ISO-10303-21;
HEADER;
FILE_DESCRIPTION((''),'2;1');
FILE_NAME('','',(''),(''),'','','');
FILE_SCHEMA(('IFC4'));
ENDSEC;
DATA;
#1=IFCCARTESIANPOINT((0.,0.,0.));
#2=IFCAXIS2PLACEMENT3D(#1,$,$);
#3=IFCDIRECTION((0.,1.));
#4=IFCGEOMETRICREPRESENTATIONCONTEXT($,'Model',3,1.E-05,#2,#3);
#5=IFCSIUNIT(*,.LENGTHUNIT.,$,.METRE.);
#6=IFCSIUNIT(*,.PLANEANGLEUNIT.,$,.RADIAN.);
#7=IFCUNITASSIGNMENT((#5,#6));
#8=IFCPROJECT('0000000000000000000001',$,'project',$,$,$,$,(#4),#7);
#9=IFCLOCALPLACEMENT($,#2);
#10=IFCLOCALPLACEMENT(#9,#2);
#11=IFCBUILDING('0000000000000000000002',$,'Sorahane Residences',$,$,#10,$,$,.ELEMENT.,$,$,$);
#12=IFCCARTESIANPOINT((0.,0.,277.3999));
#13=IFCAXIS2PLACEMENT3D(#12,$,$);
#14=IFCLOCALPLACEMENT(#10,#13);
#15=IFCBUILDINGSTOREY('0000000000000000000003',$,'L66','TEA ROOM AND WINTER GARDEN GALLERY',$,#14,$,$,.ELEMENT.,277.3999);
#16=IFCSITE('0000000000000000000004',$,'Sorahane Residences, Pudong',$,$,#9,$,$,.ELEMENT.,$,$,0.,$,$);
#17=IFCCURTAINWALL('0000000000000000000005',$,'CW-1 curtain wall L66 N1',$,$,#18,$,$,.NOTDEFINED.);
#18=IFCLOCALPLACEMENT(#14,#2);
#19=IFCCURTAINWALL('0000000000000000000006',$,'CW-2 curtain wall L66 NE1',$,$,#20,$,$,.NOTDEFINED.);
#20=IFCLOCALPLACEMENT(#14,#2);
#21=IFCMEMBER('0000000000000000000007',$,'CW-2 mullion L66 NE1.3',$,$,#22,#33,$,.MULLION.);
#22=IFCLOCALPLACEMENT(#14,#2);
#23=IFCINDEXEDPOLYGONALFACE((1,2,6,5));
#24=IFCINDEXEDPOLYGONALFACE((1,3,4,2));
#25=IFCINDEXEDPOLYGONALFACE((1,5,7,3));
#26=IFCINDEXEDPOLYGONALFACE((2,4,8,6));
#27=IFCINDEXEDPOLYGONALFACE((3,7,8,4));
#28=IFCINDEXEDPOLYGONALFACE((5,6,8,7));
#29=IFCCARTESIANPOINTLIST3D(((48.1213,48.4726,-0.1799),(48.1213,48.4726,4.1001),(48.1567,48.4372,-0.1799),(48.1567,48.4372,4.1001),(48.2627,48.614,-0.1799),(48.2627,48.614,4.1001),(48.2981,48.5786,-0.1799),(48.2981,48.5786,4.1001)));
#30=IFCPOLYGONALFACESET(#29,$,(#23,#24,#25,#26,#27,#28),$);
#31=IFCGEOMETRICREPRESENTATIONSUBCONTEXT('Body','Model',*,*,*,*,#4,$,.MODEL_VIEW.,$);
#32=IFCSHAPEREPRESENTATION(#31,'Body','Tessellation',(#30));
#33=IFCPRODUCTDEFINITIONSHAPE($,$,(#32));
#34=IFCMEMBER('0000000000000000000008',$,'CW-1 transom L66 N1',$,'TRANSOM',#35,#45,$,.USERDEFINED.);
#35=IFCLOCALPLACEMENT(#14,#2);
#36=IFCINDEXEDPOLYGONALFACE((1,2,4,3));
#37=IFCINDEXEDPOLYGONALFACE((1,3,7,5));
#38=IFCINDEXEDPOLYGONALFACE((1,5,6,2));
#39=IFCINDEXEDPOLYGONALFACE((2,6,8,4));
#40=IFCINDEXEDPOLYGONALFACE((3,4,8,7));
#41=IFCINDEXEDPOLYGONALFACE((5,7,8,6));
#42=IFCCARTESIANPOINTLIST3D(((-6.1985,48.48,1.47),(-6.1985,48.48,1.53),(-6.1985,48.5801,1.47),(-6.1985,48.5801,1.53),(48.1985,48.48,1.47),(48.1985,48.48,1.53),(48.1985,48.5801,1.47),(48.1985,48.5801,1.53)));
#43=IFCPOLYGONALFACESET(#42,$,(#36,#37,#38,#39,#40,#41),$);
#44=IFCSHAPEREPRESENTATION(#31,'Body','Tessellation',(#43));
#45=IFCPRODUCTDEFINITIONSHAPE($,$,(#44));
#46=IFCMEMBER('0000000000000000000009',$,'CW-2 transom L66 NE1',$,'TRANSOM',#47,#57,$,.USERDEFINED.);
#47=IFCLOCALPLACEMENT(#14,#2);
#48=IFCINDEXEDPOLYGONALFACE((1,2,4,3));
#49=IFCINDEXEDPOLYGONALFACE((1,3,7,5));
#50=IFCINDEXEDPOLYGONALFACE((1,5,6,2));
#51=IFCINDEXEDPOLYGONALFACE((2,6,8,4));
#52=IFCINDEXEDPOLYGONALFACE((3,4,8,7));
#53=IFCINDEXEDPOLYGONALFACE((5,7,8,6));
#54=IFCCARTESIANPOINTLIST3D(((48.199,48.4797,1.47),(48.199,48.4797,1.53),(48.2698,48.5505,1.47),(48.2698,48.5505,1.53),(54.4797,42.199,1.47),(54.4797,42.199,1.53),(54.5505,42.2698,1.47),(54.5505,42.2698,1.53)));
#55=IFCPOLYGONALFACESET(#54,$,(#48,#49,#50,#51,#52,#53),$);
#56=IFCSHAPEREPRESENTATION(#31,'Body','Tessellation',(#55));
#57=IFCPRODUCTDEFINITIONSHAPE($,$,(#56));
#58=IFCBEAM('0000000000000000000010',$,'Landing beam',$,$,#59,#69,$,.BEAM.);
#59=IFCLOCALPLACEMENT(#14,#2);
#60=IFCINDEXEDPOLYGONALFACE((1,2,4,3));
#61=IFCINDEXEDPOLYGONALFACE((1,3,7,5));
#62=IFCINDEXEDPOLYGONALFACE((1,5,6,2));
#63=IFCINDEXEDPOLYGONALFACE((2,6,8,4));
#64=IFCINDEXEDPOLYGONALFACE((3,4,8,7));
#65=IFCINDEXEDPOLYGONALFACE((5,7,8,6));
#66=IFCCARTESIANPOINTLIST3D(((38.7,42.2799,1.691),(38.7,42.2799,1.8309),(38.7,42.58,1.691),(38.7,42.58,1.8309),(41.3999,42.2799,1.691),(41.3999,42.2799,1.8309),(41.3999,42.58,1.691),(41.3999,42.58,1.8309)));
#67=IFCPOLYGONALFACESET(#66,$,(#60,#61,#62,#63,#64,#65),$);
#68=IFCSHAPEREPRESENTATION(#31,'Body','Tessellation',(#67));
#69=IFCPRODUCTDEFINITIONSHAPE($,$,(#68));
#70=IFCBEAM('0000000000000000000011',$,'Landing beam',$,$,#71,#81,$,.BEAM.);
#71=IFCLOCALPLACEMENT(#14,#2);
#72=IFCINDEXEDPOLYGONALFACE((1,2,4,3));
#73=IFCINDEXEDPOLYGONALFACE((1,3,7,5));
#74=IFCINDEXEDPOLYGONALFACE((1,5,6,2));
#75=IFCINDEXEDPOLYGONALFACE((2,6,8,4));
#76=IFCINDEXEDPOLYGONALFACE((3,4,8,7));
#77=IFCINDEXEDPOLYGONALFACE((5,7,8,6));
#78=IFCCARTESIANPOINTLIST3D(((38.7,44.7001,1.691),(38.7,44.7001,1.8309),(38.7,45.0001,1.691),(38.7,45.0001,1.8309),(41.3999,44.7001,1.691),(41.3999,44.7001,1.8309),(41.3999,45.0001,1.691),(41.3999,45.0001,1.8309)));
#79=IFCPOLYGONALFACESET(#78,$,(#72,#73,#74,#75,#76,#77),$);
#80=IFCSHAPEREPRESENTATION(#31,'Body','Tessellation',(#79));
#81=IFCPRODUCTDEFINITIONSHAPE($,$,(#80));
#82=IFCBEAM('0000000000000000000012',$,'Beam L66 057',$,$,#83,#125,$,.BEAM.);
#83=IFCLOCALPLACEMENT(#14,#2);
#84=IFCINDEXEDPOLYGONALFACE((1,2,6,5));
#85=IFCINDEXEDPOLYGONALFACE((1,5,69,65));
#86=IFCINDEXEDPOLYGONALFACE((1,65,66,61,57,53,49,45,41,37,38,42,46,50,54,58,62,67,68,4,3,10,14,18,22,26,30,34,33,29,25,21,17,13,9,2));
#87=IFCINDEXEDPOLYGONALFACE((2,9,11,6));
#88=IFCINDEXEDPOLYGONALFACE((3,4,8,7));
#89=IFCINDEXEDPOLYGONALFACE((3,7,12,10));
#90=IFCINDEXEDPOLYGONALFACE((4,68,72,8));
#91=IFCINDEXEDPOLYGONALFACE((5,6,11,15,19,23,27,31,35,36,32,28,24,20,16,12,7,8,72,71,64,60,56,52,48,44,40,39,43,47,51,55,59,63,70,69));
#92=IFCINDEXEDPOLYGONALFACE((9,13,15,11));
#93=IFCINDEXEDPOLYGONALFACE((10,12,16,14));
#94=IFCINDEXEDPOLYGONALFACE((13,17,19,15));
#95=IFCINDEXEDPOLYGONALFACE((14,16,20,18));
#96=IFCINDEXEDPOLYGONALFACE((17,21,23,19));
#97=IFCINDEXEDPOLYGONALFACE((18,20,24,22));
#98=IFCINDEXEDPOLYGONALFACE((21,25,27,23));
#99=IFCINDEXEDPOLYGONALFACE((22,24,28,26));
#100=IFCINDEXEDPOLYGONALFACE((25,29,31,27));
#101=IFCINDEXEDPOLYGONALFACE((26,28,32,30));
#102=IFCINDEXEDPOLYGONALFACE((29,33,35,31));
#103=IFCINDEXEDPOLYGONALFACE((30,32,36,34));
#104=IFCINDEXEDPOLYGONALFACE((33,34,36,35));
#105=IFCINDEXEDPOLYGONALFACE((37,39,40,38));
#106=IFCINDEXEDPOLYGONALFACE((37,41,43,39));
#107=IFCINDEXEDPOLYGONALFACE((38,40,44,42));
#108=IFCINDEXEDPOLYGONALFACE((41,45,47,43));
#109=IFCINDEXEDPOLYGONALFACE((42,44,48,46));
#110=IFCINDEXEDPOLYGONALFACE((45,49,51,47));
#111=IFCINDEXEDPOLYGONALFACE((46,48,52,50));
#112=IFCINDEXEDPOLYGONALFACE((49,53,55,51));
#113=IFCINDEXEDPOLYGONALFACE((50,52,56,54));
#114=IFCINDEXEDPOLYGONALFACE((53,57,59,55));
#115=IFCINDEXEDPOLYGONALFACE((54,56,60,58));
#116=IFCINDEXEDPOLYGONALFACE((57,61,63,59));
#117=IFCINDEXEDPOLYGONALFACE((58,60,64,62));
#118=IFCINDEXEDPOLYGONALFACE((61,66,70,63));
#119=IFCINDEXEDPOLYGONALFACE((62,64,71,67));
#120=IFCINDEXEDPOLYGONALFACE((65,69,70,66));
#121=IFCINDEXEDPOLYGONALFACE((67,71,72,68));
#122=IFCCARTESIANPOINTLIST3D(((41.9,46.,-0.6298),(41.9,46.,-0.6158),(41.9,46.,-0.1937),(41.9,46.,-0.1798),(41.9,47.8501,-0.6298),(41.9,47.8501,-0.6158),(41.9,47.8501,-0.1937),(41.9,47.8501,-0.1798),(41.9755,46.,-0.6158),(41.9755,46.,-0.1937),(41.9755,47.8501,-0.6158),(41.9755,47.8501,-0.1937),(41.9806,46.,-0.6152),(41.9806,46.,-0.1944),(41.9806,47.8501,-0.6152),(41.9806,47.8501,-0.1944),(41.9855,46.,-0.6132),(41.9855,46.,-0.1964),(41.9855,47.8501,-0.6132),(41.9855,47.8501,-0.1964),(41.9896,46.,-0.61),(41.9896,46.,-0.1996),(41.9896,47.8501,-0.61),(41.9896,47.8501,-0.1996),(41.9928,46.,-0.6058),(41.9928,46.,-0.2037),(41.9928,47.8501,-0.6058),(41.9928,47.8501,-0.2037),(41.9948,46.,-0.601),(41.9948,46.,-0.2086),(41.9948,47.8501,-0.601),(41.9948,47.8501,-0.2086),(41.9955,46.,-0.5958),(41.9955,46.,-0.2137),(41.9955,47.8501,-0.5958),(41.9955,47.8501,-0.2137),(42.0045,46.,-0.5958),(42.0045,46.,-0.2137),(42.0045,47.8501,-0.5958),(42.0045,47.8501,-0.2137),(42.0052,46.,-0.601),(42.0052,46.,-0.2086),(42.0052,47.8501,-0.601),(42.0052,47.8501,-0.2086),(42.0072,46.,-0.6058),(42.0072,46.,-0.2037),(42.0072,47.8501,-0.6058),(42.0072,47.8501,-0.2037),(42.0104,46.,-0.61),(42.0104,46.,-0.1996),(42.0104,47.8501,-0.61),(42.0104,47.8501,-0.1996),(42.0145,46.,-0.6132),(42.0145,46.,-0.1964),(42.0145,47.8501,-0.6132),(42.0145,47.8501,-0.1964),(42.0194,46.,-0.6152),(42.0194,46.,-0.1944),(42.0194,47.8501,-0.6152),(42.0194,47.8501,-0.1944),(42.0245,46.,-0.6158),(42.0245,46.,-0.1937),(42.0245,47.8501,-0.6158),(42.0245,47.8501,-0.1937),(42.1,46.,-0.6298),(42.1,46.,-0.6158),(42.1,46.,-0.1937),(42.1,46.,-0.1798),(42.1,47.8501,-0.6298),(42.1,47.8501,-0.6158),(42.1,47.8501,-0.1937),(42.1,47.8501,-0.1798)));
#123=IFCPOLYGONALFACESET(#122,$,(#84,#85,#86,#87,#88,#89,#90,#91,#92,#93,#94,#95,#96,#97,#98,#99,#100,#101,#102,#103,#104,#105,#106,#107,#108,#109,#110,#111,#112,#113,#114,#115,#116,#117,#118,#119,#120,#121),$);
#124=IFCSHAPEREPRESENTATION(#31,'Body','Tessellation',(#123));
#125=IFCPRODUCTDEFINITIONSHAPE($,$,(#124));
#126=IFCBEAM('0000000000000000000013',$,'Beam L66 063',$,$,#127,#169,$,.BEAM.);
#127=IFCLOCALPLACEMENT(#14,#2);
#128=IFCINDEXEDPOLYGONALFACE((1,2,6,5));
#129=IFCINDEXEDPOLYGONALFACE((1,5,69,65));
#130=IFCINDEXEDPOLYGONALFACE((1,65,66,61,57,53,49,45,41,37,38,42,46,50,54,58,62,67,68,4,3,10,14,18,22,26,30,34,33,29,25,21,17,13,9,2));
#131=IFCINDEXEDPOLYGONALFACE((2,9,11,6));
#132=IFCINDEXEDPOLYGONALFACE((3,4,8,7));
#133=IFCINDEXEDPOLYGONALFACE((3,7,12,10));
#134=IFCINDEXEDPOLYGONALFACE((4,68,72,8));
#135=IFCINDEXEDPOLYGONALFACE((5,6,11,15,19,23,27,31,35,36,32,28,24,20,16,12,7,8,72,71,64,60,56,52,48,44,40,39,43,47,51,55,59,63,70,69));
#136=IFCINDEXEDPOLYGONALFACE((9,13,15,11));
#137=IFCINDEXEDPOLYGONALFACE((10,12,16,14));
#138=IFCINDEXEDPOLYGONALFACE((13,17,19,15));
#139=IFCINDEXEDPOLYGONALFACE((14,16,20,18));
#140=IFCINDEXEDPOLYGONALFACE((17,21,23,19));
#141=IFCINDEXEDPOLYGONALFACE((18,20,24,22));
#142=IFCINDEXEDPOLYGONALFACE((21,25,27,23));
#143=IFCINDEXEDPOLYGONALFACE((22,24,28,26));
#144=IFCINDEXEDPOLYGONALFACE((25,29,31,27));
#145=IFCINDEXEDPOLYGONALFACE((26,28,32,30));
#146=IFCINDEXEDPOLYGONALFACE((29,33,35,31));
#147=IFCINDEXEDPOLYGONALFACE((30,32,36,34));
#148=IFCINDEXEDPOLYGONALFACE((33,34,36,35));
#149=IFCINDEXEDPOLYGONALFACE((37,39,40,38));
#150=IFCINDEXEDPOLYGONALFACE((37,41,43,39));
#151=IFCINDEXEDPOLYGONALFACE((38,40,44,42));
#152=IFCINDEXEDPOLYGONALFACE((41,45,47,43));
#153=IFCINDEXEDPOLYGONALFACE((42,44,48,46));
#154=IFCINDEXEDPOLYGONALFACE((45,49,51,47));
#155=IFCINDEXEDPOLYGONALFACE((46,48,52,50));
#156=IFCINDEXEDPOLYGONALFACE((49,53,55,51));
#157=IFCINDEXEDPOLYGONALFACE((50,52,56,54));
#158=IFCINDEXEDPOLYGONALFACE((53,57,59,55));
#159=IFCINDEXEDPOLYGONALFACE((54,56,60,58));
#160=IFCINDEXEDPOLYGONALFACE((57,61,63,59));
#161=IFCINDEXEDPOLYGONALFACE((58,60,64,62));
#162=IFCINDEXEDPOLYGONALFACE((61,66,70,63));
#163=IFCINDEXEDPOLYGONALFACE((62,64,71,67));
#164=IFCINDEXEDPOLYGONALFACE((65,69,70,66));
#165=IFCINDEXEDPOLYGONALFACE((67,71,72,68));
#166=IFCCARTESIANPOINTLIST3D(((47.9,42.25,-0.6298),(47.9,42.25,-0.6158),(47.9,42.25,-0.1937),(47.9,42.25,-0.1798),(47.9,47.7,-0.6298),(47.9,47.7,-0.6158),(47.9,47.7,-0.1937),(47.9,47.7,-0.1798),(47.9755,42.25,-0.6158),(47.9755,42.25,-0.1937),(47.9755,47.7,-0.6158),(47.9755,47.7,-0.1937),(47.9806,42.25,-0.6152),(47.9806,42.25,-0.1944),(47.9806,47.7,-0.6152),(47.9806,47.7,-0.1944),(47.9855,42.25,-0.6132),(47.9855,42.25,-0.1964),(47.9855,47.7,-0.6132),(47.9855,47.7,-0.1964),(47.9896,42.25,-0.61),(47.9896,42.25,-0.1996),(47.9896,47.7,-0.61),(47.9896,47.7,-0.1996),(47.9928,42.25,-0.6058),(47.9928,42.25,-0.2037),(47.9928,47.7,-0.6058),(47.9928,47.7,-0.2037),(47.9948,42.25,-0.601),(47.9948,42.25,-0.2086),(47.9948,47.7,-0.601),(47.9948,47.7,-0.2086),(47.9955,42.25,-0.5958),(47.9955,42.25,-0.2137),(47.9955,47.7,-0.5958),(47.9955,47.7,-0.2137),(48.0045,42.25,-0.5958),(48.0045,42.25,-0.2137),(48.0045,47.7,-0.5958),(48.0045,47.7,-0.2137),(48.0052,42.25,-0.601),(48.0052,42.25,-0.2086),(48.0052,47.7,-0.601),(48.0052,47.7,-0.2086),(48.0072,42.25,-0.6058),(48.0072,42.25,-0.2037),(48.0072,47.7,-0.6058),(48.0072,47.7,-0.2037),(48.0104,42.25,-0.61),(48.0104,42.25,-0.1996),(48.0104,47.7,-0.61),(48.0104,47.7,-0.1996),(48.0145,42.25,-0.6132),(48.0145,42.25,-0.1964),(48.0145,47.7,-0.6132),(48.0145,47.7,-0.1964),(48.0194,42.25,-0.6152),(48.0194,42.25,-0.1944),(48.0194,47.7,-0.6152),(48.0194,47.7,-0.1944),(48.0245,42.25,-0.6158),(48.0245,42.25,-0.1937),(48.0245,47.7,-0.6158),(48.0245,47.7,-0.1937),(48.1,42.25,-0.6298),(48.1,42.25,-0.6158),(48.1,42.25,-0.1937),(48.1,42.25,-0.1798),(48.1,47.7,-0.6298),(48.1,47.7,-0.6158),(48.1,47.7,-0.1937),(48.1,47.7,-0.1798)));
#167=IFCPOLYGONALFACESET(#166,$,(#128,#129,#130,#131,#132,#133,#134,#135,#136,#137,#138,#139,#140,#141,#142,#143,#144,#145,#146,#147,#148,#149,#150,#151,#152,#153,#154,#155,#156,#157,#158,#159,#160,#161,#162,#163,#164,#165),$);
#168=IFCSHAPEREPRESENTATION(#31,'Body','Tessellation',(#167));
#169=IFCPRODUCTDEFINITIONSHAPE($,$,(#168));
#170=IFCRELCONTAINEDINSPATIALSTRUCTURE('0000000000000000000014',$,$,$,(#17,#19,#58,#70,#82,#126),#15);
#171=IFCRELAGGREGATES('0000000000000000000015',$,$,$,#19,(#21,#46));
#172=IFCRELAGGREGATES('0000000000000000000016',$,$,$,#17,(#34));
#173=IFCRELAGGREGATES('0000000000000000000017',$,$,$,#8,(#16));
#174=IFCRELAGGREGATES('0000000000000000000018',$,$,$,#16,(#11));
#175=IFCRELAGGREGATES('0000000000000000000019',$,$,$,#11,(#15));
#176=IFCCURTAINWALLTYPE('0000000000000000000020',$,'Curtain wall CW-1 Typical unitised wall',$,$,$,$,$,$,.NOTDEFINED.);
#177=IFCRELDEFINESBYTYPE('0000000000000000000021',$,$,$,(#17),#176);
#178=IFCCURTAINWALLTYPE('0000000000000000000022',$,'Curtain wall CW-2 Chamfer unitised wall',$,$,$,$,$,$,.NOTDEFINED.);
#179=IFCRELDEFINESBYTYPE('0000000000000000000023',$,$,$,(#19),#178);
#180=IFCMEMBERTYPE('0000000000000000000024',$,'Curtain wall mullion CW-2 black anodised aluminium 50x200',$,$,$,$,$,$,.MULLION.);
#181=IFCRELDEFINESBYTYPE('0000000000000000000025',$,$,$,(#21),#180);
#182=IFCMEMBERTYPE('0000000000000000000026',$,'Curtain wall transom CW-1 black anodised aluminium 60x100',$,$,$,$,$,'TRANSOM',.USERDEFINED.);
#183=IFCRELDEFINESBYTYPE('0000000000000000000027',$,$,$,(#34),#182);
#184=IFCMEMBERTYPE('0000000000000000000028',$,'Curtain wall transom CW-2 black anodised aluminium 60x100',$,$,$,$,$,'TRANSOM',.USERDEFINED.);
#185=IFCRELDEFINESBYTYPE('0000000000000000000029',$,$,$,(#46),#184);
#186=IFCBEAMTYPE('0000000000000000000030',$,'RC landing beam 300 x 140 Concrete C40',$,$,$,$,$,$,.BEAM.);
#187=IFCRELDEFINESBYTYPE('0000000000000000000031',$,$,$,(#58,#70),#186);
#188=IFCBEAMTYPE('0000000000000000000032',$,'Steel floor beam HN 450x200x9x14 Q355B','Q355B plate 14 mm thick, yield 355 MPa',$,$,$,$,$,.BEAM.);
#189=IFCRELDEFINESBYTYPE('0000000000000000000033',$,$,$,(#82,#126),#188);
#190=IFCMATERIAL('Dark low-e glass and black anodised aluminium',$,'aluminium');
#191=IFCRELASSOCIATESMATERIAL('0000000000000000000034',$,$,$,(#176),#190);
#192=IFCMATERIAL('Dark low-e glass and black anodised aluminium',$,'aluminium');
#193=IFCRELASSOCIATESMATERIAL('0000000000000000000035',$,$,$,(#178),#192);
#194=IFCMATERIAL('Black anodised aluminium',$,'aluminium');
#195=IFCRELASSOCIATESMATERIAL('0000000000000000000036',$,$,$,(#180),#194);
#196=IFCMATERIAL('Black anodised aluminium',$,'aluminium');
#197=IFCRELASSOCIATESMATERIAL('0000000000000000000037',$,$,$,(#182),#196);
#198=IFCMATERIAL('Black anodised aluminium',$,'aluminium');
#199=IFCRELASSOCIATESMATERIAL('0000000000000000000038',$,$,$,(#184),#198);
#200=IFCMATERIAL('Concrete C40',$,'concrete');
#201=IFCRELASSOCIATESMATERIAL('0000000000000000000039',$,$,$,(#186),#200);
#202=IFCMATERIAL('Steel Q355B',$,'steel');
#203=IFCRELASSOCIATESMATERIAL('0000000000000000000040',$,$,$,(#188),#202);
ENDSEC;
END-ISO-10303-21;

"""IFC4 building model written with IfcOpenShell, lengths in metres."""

from ifc_helpers import new_model, si_unit, direction, frame, origin, origin_2d, place, context, subcontext, project, spatial, rectangle, i_section, extrude, material, material_profile, profile_set, type_object, element, aggregate, save


model = new_model("IFC4")

# Units and contexts
model_context = context("Model", 3, precision=1e-05, world=origin(), true_north=direction((0.0, 1.0)))
body_context = subcontext(model_context, "Body", "Model", "MODEL_VIEW")
ifc_project = project(units=[si_unit("LENGTHUNIT", "METRE"), si_unit("PLANEANGLEUNIT", "RADIAN")], contexts=[model_context])

# Site, building, storey
site_placement = place(None, origin())
site = spatial("IfcSite", under=ifc_project, at=site_placement, Name="Sorahane Residences, Pudong", CompositionType="ELEMENT", RefElevation=0.0)
building_placement = place(site_placement, origin())
building = spatial("IfcBuilding", under=site, at=building_placement, Name="Sorahane Residences", CompositionType="ELEMENT")
storey_placement = place(building_placement, frame((0.0, 0.0, 277.3999)))
storey = spatial("IfcBuildingStorey", under=building, at=storey_placement, Name="L66", Description="TEA ROOM AND WINTER GARDEN GALLERY", CompositionType="ELEMENT", Elevation=277.3999)

# Curtain wall
ifc_material_1 = material(Name="Dark low-e glass and black anodised aluminium", Category="aluminium")
curtain_wall_type_1 = type_object("IfcCurtainWallType", Name="Curtain wall CW-1 Typical unitised wall", PredefinedType="NOTDEFINED", material=ifc_material_1)
curtain_wall_1_placement = place(storey_placement, origin())
curtain_wall_1 = element("IfcCurtainWall", 1, at=curtain_wall_1_placement, inside=storey, type_object=curtain_wall_type_1, Name="CW-1 curtain wall L66 N1", PredefinedType="NOTDEFINED")

# Curtain wall, member
ifc_material_2 = material(Name="Dark low-e glass and black anodised aluminium", Category="aluminium")
curtain_wall_type_2 = type_object("IfcCurtainWallType", Name="Curtain wall CW-2 Chamfer unitised wall", PredefinedType="NOTDEFINED", material=ifc_material_2)
curtain_wall_2_placement = place(storey_placement, origin())
curtain_wall_2 = element("IfcCurtainWall", 2, at=curtain_wall_2_placement, inside=storey, type_object=curtain_wall_type_2, Name="CW-2 curtain wall L66 NE1", PredefinedType="NOTDEFINED")
ifc_material_3 = material(Name="Black anodised aluminium", Category="aluminium")
ifc_material_profile_1 = material_profile(ifc_material_3, rectangle(XDim=0.2, YDim=0.05, at=origin_2d()), Name="Curtain wall mullion CW-2 black anodised aluminium 50x200")
ifc_profile_set_1 = profile_set([ifc_material_profile_1], Name="Black anodised aluminium")
member_type_1 = type_object("IfcMemberType", Name="Curtain wall mullion CW-2 black anodised aluminium 50x200", PredefinedType="MULLION", material=ifc_profile_set_1)
member_1_placement = place(storey_placement, frame((48.2097, 48.5256, -0.1799), z_axis=(0.0, 0.0, 1.0), x_axis=(0.707107, 0.707107, 0.0)))
member_1 = element("IfcMember", 3, at=member_1_placement, type_object=member_type_1, Name="CW-2 mullion L66 NE1.3", PredefinedType="MULLION", context=body_context, shape_type="SweptSolid", body=[
    extrude(rectangle(XDim=0.2, YDim=0.05, at=origin_2d()), origin(), (0.0, 0.0, 1.0), 4.28),
])

# Members
ifc_material_4 = material(Name="Black anodised aluminium", Category="aluminium")
ifc_material_profile_2 = material_profile(ifc_material_4, rectangle(XDim=0.1001, YDim=0.0601, at=origin_2d()), Name="Curtain wall transom CW-1 black anodised aluminium 60x100")
ifc_profile_set_2 = profile_set([ifc_material_profile_2], Name="Black anodised aluminium")
member_type_2 = type_object("IfcMemberType", Name="Curtain wall transom CW-1 black anodised aluminium 60x100", ElementType="TRANSOM", PredefinedType="USERDEFINED", material=ifc_profile_set_2)
member_2_placement = place(storey_placement, frame((48.1985, 48.53, 1.5), z_axis=(-1.0, 0.0, 0.0), x_axis=(0.0, -1.0, 0.0)))
member_2 = element("IfcMember", 4, at=member_2_placement, type_object=member_type_2, Name="CW-1 transom L66 N1", ObjectType="TRANSOM", PredefinedType="USERDEFINED", context=body_context, shape_type="SweptSolid", body=[
    extrude(rectangle(XDim=0.1001, YDim=0.0601, at=origin_2d()), origin(), (0.0, 0.0, 1.0), 54.397),
])
ifc_material_5 = material(Name="Black anodised aluminium", Category="aluminium")
ifc_material_profile_3 = material_profile(ifc_material_5, rectangle(XDim=0.1001, YDim=0.0601, at=origin_2d()), Name="Curtain wall transom CW-2 black anodised aluminium 60x100")
ifc_profile_set_3 = profile_set([ifc_material_profile_3], Name="Black anodised aluminium")
member_type_3 = type_object("IfcMemberType", Name="Curtain wall transom CW-2 black anodised aluminium 60x100", ElementType="TRANSOM", PredefinedType="USERDEFINED", material=ifc_profile_set_3)
member_3_placement = place(storey_placement, frame((54.5151, 42.2344, 1.5), z_axis=(-0.707107, 0.707107, 0.0), x_axis=(-0.707107, -0.707107, 0.0)))
member_3 = element("IfcMember", 5, at=member_3_placement, type_object=member_type_3, Name="CW-2 transom L66 NE1", ObjectType="TRANSOM", PredefinedType="USERDEFINED", context=body_context, shape_type="SweptSolid", body=[
    extrude(rectangle(XDim=0.1001, YDim=0.0601, at=origin_2d()), origin(), (0.0, 0.0, 1.0), 8.8823),
])

# Beams
ifc_material_6 = material(Name="Concrete C40", Category="concrete")
ifc_material_profile_4 = material_profile(ifc_material_6, rectangle(XDim=0.3, YDim=0.1399, at=origin_2d()), Name="300x140")
ifc_profile_set_4 = profile_set([ifc_material_profile_4], Name="Concrete C40")
beam_type_1 = type_object("IfcBeamType", Name="RC landing beam 300 x 140 Concrete C40", PredefinedType="BEAM", material=ifc_profile_set_4)
for number, where, z_axis, x_axis, name in (
    (6, (38.7, 42.4299, 1.761), (1.0, 0.0, 0.0), (0.0, 1.0, 0.0), "Landing beam"),
    (7, (38.7, 44.8501, 1.761), (1.0, 0.0, 0.0), (0.0, 1.0, 0.0), "Landing beam"),
):
    element("IfcBeam", number, at=place(storey_placement, frame(where, z_axis=z_axis, x_axis=x_axis)), inside=storey, type_object=beam_type_1, Name=name, PredefinedType="BEAM", context=body_context, shape_type="SweptSolid", body=[
        extrude(rectangle(XDim=0.3, YDim=0.1399, at=origin_2d()), origin(), (0.0, 0.0, 1.0), 2.7),
    ])
ifc_material_7 = material(Name="Steel Q355B", Category="steel")
ifc_material_profile_5 = material_profile(ifc_material_7, i_section(OverallWidth=0.2, OverallDepth=0.45, WebThickness=0.009, FlangeThickness=0.0139, FilletRadius=0.02, at=origin_2d()), Name="HN 450x200x9x14")
ifc_profile_set_5 = profile_set([ifc_material_profile_5], Name="Steel Q355B")
beam_type_2 = type_object("IfcBeamType", Name="Steel floor beam HN 450x200x9x14 Q355B", Description="Q355B plate 14 mm thick, yield 355 MPa", PredefinedType="BEAM", material=ifc_profile_set_5)
beam_1_placement = place(storey_placement, frame((42.0, 46.0, -0.4048), z_axis=(0.0, 1.0, 0.0), x_axis=(-1.0, 0.0, 0.0)))
element("IfcBeam", 8, at=beam_1_placement, inside=storey, type_object=beam_type_2, Name="Beam L66 057", PredefinedType="BEAM", context=body_context, shape_type="SweptSolid", body=[
    extrude(i_section(OverallWidth=0.2, OverallDepth=0.45, WebThickness=0.009, FlangeThickness=0.0139, FilletRadius=0.02, at=origin_2d()), origin(), (0.0, 0.0, 1.0), 1.8501),
])
beam_2_placement = place(storey_placement, frame((48.0, 42.25, -0.4048), z_axis=(0.0, 1.0, 0.0), x_axis=(-1.0, 0.0, 0.0)))
element("IfcBeam", 9, at=beam_2_placement, inside=storey, type_object=beam_type_2, Name="Beam L66 063", PredefinedType="BEAM", context=body_context, shape_type="SweptSolid", body=[
    extrude(i_section(OverallWidth=0.2, OverallDepth=0.45, WebThickness=0.009, FlangeThickness=0.0139, FilletRadius=0.02, at=origin_2d()), origin(), (0.0, 0.0, 1.0), 5.45),
])

aggregate(curtain_wall_2, [member_1, member_3])
aggregate(curtain_wall_1, [member_2])

save(model, "model.ifc")
